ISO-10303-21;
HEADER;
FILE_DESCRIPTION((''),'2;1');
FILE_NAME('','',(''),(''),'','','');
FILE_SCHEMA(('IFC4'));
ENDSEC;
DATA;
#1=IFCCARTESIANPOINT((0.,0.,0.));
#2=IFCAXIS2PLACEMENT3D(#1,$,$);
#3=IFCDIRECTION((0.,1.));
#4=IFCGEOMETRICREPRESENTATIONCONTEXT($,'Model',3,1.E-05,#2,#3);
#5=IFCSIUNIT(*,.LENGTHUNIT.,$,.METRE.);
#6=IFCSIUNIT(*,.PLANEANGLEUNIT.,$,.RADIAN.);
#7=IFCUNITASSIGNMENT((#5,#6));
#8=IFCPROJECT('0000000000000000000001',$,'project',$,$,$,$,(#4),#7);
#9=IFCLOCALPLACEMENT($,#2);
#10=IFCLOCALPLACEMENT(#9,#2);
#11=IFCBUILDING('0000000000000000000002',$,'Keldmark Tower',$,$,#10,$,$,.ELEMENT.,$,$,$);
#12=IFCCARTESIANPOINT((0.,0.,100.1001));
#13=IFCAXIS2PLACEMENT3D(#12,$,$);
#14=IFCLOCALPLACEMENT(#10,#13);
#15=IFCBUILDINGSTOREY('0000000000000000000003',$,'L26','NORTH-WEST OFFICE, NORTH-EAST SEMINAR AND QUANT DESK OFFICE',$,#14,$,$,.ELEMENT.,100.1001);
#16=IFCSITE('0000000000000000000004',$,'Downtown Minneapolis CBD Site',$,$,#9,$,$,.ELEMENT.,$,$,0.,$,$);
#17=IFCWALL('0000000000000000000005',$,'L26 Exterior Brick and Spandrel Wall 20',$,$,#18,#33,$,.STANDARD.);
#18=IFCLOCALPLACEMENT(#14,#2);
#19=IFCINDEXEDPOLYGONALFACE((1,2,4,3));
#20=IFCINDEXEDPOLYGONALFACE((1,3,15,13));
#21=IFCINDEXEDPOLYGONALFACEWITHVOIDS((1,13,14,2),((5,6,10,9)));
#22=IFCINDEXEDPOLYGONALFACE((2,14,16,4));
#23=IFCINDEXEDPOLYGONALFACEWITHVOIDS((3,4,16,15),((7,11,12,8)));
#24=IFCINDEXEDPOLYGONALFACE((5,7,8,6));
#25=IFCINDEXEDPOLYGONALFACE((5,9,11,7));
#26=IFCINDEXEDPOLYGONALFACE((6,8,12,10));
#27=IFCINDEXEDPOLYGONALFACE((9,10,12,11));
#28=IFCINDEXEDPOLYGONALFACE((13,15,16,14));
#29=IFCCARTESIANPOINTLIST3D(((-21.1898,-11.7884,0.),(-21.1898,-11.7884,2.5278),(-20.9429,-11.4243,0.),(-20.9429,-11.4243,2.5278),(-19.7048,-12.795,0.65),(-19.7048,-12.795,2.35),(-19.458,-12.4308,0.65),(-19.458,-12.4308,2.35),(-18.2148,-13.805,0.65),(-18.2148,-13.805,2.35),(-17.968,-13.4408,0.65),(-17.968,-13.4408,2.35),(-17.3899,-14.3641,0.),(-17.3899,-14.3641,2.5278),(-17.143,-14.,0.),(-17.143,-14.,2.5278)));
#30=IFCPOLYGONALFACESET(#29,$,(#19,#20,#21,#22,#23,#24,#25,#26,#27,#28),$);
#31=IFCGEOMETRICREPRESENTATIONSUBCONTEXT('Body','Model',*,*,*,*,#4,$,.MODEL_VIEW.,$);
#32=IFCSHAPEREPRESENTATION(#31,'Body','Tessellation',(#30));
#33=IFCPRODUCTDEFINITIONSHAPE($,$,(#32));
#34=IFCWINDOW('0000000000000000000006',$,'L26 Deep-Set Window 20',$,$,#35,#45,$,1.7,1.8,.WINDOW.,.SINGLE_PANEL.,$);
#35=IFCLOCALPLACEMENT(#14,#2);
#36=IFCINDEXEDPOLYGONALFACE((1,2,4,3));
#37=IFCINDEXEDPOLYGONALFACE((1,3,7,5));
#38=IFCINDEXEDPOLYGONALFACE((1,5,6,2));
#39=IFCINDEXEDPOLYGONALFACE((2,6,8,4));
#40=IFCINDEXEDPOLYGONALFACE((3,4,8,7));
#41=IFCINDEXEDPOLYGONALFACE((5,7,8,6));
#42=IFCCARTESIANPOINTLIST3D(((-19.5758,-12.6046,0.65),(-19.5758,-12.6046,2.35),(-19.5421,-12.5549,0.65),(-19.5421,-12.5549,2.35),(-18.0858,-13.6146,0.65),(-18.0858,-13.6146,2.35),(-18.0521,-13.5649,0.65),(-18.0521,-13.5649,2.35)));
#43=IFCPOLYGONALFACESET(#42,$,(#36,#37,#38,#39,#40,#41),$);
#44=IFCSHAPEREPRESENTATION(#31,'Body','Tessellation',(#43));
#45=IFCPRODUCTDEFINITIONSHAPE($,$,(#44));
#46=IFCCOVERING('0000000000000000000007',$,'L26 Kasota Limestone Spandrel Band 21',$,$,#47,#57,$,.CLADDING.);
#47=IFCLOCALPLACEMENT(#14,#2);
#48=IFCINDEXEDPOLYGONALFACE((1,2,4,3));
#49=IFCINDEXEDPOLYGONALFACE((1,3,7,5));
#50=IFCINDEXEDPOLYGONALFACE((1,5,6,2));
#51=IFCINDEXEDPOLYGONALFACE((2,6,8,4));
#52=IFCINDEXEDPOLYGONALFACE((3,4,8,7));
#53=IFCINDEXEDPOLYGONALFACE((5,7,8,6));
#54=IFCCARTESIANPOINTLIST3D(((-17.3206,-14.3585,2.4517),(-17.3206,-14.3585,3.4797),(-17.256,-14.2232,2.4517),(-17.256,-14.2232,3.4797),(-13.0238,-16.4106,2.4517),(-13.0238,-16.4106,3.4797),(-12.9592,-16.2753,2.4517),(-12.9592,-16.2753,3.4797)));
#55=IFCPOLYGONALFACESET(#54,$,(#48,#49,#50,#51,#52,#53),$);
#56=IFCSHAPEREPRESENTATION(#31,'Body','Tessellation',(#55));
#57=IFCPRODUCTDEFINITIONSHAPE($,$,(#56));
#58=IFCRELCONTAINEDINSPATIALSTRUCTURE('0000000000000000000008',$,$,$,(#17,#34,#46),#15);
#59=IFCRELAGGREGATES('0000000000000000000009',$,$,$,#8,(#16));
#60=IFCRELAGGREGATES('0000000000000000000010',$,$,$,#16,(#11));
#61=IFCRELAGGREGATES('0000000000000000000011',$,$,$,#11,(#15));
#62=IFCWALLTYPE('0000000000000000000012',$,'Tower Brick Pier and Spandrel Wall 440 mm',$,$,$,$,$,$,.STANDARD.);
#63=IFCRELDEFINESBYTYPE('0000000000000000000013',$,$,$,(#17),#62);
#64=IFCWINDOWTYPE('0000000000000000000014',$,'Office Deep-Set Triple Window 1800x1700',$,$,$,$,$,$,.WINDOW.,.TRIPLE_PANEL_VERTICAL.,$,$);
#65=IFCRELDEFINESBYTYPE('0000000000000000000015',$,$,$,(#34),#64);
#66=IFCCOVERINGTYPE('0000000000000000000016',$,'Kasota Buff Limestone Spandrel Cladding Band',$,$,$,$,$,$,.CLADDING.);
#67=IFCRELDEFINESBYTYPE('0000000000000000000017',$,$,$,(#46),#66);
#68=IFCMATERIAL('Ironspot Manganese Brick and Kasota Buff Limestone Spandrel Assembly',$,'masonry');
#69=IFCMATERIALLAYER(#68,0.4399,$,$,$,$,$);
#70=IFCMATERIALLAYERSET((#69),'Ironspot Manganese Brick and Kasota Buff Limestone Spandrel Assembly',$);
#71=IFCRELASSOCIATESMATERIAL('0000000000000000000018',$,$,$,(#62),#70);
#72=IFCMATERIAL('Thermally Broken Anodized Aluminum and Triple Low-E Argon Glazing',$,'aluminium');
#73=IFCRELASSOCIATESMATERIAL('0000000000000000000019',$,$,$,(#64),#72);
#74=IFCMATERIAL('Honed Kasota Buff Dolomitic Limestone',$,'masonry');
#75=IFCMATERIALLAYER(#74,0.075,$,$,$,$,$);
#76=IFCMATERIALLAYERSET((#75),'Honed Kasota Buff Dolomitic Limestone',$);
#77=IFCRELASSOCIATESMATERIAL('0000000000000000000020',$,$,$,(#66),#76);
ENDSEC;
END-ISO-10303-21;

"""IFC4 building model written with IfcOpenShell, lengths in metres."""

from ifc_helpers import new_model, si_unit, direction, frame, frame_2d, origin, origin_2d, place, context, subcontext, project, spatial, rectangle, extrude, material, layer, layer_set, type_object, element, fill, save


model = new_model("IFC4")

# Units and contexts
model_context = context("Model", 3, precision=1e-05, world=origin(), true_north=direction((0.0, 1.0)))
body_context = subcontext(model_context, "Body", "Model", "MODEL_VIEW")
ifc_project = project(units=[si_unit("LENGTHUNIT", "METRE"), si_unit("PLANEANGLEUNIT", "RADIAN")], contexts=[model_context])

# Site, building, storey
site_placement = place(None, origin())
site = spatial("IfcSite", under=ifc_project, at=site_placement, Name="Downtown Minneapolis CBD Site", CompositionType="ELEMENT", RefElevation=0.0)
building_placement = place(site_placement, origin())
building = spatial("IfcBuilding", under=site, at=building_placement, Name="Keldmark Tower", CompositionType="ELEMENT")
storey_placement = place(building_placement, frame((0.0, 0.0, 100.1001)))
storey = spatial("IfcBuildingStorey", under=building, at=storey_placement, Name="L26", Description="NORTH-WEST OFFICE, NORTH-EAST SEMINAR AND QUANT DESK OFFICE", CompositionType="ELEMENT", Elevation=100.1001)

# Wall, opening, window
ifc_material_1 = material(Name="Ironspot Manganese Brick and Kasota Buff Limestone Spandrel Assembly", Category="masonry")
ifc_layer_1 = layer(ifc_material_1, 0.4399)
ifc_layer_set_1 = layer_set([ifc_layer_1], Name="Ironspot Manganese Brick and Kasota Buff Limestone Spandrel Assembly")
wall_type_1 = type_object("IfcWallType", Name="Tower Brick Pier and Spandrel Wall 440 mm", PredefinedType="STANDARD", material=ifc_layer_set_1)
wall_1_placement = place(storey_placement, frame((-17.2664, -14.1821, 0.0), z_axis=(0.0, 0.0, 1.0), x_axis=(-0.827755, 0.56109, 0.0)))
wall_1 = element("IfcWall", 1, at=wall_1_placement, inside=storey, type_object=wall_type_1, Name="L26 Exterior Brick and Spandrel Wall 20", PredefinedType="STANDARD", context=body_context, shape_type="SweptSolid", body=[
    extrude(rectangle(XDim=4.5906, YDim=0.4399, at=frame_2d((2.2954, 0.0))), origin(), (0.0, 0.0, 1.0), 2.5278),
])
opening_1_placement = place(wall_1_placement, frame((0.9968, 0.0, 0.6499)))
opening_1 = element("IfcOpeningElement", 2, at=opening_1_placement, cuts=wall_1, PredefinedType="OPENING", context=body_context, shape_type="SweptSolid", body=[
    extrude(rectangle(XDim=1.8, YDim=1.7, at=frame_2d((0.8999, 0.8501))), frame((0.0, 0.23, 0.0), z_axis=(0.0, -1.0, 0.0), x_axis=(1.0, 0.0, 0.0)), (0.0, 0.0, 1.0), 0.46),
])
ifc_material_2 = material(Name="Thermally Broken Anodized Aluminum and Triple Low-E Argon Glazing", Category="aluminium")
window_type = type_object("IfcWindowType", Name="Office Deep-Set Triple Window 1800x1700", PartitioningType="TRIPLE_PANEL_VERTICAL", PredefinedType="WINDOW", material=ifc_material_2)
window_placement = place(opening_1_placement, origin())
window = element("IfcWindow", 3, at=window_placement, inside=storey, type_object=window_type, Name="L26 Deep-Set Window 20", OverallHeight=1.7, OverallWidth=1.8, PartitioningType="SINGLE_PANEL", PredefinedType="WINDOW", context=body_context, shape_type="SweptSolid", body=[
    extrude(rectangle(XDim=1.8, YDim=1.7, at=frame_2d((0.8999, 0.8501))), frame((0.0, -0.01, 0.0), z_axis=(0.0, -1.0, 0.0), x_axis=(1.0, 0.0, 0.0)), (0.0, 0.0, 1.0), 0.0601),
])
fill(opening_1, window)

# Covering
ifc_material_3 = material(Name="Honed Kasota Buff Dolomitic Limestone", Category="masonry")
ifc_layer_2 = layer(ifc_material_3, 0.075)
ifc_layer_set_2 = layer_set([ifc_layer_2], Name="Honed Kasota Buff Dolomitic Limestone")
covering_type = type_object("IfcCoveringType", Name="Kasota Buff Limestone Spandrel Cladding Band", PredefinedType="CLADDING", material=ifc_layer_set_2)
covering_placement = place(storey_placement, frame((-15.1399, -15.3169, 2.4517), z_axis=(0.0, 0.0, 1.0), x_axis=(0.902367, -0.430968, 0.0)))
element("IfcCovering", 4, at=covering_placement, inside=storey, type_object=covering_type, Name="L26 Kasota Limestone Spandrel Band 21", PredefinedType="CLADDING", context=body_context, shape_type="SweptSolid", body=[
    extrude(rectangle(XDim=4.7617, YDim=0.1499, at=origin_2d()), origin(), (0.0, 0.0, 1.0), 1.0281),
])

save(model, "model.ifc")
